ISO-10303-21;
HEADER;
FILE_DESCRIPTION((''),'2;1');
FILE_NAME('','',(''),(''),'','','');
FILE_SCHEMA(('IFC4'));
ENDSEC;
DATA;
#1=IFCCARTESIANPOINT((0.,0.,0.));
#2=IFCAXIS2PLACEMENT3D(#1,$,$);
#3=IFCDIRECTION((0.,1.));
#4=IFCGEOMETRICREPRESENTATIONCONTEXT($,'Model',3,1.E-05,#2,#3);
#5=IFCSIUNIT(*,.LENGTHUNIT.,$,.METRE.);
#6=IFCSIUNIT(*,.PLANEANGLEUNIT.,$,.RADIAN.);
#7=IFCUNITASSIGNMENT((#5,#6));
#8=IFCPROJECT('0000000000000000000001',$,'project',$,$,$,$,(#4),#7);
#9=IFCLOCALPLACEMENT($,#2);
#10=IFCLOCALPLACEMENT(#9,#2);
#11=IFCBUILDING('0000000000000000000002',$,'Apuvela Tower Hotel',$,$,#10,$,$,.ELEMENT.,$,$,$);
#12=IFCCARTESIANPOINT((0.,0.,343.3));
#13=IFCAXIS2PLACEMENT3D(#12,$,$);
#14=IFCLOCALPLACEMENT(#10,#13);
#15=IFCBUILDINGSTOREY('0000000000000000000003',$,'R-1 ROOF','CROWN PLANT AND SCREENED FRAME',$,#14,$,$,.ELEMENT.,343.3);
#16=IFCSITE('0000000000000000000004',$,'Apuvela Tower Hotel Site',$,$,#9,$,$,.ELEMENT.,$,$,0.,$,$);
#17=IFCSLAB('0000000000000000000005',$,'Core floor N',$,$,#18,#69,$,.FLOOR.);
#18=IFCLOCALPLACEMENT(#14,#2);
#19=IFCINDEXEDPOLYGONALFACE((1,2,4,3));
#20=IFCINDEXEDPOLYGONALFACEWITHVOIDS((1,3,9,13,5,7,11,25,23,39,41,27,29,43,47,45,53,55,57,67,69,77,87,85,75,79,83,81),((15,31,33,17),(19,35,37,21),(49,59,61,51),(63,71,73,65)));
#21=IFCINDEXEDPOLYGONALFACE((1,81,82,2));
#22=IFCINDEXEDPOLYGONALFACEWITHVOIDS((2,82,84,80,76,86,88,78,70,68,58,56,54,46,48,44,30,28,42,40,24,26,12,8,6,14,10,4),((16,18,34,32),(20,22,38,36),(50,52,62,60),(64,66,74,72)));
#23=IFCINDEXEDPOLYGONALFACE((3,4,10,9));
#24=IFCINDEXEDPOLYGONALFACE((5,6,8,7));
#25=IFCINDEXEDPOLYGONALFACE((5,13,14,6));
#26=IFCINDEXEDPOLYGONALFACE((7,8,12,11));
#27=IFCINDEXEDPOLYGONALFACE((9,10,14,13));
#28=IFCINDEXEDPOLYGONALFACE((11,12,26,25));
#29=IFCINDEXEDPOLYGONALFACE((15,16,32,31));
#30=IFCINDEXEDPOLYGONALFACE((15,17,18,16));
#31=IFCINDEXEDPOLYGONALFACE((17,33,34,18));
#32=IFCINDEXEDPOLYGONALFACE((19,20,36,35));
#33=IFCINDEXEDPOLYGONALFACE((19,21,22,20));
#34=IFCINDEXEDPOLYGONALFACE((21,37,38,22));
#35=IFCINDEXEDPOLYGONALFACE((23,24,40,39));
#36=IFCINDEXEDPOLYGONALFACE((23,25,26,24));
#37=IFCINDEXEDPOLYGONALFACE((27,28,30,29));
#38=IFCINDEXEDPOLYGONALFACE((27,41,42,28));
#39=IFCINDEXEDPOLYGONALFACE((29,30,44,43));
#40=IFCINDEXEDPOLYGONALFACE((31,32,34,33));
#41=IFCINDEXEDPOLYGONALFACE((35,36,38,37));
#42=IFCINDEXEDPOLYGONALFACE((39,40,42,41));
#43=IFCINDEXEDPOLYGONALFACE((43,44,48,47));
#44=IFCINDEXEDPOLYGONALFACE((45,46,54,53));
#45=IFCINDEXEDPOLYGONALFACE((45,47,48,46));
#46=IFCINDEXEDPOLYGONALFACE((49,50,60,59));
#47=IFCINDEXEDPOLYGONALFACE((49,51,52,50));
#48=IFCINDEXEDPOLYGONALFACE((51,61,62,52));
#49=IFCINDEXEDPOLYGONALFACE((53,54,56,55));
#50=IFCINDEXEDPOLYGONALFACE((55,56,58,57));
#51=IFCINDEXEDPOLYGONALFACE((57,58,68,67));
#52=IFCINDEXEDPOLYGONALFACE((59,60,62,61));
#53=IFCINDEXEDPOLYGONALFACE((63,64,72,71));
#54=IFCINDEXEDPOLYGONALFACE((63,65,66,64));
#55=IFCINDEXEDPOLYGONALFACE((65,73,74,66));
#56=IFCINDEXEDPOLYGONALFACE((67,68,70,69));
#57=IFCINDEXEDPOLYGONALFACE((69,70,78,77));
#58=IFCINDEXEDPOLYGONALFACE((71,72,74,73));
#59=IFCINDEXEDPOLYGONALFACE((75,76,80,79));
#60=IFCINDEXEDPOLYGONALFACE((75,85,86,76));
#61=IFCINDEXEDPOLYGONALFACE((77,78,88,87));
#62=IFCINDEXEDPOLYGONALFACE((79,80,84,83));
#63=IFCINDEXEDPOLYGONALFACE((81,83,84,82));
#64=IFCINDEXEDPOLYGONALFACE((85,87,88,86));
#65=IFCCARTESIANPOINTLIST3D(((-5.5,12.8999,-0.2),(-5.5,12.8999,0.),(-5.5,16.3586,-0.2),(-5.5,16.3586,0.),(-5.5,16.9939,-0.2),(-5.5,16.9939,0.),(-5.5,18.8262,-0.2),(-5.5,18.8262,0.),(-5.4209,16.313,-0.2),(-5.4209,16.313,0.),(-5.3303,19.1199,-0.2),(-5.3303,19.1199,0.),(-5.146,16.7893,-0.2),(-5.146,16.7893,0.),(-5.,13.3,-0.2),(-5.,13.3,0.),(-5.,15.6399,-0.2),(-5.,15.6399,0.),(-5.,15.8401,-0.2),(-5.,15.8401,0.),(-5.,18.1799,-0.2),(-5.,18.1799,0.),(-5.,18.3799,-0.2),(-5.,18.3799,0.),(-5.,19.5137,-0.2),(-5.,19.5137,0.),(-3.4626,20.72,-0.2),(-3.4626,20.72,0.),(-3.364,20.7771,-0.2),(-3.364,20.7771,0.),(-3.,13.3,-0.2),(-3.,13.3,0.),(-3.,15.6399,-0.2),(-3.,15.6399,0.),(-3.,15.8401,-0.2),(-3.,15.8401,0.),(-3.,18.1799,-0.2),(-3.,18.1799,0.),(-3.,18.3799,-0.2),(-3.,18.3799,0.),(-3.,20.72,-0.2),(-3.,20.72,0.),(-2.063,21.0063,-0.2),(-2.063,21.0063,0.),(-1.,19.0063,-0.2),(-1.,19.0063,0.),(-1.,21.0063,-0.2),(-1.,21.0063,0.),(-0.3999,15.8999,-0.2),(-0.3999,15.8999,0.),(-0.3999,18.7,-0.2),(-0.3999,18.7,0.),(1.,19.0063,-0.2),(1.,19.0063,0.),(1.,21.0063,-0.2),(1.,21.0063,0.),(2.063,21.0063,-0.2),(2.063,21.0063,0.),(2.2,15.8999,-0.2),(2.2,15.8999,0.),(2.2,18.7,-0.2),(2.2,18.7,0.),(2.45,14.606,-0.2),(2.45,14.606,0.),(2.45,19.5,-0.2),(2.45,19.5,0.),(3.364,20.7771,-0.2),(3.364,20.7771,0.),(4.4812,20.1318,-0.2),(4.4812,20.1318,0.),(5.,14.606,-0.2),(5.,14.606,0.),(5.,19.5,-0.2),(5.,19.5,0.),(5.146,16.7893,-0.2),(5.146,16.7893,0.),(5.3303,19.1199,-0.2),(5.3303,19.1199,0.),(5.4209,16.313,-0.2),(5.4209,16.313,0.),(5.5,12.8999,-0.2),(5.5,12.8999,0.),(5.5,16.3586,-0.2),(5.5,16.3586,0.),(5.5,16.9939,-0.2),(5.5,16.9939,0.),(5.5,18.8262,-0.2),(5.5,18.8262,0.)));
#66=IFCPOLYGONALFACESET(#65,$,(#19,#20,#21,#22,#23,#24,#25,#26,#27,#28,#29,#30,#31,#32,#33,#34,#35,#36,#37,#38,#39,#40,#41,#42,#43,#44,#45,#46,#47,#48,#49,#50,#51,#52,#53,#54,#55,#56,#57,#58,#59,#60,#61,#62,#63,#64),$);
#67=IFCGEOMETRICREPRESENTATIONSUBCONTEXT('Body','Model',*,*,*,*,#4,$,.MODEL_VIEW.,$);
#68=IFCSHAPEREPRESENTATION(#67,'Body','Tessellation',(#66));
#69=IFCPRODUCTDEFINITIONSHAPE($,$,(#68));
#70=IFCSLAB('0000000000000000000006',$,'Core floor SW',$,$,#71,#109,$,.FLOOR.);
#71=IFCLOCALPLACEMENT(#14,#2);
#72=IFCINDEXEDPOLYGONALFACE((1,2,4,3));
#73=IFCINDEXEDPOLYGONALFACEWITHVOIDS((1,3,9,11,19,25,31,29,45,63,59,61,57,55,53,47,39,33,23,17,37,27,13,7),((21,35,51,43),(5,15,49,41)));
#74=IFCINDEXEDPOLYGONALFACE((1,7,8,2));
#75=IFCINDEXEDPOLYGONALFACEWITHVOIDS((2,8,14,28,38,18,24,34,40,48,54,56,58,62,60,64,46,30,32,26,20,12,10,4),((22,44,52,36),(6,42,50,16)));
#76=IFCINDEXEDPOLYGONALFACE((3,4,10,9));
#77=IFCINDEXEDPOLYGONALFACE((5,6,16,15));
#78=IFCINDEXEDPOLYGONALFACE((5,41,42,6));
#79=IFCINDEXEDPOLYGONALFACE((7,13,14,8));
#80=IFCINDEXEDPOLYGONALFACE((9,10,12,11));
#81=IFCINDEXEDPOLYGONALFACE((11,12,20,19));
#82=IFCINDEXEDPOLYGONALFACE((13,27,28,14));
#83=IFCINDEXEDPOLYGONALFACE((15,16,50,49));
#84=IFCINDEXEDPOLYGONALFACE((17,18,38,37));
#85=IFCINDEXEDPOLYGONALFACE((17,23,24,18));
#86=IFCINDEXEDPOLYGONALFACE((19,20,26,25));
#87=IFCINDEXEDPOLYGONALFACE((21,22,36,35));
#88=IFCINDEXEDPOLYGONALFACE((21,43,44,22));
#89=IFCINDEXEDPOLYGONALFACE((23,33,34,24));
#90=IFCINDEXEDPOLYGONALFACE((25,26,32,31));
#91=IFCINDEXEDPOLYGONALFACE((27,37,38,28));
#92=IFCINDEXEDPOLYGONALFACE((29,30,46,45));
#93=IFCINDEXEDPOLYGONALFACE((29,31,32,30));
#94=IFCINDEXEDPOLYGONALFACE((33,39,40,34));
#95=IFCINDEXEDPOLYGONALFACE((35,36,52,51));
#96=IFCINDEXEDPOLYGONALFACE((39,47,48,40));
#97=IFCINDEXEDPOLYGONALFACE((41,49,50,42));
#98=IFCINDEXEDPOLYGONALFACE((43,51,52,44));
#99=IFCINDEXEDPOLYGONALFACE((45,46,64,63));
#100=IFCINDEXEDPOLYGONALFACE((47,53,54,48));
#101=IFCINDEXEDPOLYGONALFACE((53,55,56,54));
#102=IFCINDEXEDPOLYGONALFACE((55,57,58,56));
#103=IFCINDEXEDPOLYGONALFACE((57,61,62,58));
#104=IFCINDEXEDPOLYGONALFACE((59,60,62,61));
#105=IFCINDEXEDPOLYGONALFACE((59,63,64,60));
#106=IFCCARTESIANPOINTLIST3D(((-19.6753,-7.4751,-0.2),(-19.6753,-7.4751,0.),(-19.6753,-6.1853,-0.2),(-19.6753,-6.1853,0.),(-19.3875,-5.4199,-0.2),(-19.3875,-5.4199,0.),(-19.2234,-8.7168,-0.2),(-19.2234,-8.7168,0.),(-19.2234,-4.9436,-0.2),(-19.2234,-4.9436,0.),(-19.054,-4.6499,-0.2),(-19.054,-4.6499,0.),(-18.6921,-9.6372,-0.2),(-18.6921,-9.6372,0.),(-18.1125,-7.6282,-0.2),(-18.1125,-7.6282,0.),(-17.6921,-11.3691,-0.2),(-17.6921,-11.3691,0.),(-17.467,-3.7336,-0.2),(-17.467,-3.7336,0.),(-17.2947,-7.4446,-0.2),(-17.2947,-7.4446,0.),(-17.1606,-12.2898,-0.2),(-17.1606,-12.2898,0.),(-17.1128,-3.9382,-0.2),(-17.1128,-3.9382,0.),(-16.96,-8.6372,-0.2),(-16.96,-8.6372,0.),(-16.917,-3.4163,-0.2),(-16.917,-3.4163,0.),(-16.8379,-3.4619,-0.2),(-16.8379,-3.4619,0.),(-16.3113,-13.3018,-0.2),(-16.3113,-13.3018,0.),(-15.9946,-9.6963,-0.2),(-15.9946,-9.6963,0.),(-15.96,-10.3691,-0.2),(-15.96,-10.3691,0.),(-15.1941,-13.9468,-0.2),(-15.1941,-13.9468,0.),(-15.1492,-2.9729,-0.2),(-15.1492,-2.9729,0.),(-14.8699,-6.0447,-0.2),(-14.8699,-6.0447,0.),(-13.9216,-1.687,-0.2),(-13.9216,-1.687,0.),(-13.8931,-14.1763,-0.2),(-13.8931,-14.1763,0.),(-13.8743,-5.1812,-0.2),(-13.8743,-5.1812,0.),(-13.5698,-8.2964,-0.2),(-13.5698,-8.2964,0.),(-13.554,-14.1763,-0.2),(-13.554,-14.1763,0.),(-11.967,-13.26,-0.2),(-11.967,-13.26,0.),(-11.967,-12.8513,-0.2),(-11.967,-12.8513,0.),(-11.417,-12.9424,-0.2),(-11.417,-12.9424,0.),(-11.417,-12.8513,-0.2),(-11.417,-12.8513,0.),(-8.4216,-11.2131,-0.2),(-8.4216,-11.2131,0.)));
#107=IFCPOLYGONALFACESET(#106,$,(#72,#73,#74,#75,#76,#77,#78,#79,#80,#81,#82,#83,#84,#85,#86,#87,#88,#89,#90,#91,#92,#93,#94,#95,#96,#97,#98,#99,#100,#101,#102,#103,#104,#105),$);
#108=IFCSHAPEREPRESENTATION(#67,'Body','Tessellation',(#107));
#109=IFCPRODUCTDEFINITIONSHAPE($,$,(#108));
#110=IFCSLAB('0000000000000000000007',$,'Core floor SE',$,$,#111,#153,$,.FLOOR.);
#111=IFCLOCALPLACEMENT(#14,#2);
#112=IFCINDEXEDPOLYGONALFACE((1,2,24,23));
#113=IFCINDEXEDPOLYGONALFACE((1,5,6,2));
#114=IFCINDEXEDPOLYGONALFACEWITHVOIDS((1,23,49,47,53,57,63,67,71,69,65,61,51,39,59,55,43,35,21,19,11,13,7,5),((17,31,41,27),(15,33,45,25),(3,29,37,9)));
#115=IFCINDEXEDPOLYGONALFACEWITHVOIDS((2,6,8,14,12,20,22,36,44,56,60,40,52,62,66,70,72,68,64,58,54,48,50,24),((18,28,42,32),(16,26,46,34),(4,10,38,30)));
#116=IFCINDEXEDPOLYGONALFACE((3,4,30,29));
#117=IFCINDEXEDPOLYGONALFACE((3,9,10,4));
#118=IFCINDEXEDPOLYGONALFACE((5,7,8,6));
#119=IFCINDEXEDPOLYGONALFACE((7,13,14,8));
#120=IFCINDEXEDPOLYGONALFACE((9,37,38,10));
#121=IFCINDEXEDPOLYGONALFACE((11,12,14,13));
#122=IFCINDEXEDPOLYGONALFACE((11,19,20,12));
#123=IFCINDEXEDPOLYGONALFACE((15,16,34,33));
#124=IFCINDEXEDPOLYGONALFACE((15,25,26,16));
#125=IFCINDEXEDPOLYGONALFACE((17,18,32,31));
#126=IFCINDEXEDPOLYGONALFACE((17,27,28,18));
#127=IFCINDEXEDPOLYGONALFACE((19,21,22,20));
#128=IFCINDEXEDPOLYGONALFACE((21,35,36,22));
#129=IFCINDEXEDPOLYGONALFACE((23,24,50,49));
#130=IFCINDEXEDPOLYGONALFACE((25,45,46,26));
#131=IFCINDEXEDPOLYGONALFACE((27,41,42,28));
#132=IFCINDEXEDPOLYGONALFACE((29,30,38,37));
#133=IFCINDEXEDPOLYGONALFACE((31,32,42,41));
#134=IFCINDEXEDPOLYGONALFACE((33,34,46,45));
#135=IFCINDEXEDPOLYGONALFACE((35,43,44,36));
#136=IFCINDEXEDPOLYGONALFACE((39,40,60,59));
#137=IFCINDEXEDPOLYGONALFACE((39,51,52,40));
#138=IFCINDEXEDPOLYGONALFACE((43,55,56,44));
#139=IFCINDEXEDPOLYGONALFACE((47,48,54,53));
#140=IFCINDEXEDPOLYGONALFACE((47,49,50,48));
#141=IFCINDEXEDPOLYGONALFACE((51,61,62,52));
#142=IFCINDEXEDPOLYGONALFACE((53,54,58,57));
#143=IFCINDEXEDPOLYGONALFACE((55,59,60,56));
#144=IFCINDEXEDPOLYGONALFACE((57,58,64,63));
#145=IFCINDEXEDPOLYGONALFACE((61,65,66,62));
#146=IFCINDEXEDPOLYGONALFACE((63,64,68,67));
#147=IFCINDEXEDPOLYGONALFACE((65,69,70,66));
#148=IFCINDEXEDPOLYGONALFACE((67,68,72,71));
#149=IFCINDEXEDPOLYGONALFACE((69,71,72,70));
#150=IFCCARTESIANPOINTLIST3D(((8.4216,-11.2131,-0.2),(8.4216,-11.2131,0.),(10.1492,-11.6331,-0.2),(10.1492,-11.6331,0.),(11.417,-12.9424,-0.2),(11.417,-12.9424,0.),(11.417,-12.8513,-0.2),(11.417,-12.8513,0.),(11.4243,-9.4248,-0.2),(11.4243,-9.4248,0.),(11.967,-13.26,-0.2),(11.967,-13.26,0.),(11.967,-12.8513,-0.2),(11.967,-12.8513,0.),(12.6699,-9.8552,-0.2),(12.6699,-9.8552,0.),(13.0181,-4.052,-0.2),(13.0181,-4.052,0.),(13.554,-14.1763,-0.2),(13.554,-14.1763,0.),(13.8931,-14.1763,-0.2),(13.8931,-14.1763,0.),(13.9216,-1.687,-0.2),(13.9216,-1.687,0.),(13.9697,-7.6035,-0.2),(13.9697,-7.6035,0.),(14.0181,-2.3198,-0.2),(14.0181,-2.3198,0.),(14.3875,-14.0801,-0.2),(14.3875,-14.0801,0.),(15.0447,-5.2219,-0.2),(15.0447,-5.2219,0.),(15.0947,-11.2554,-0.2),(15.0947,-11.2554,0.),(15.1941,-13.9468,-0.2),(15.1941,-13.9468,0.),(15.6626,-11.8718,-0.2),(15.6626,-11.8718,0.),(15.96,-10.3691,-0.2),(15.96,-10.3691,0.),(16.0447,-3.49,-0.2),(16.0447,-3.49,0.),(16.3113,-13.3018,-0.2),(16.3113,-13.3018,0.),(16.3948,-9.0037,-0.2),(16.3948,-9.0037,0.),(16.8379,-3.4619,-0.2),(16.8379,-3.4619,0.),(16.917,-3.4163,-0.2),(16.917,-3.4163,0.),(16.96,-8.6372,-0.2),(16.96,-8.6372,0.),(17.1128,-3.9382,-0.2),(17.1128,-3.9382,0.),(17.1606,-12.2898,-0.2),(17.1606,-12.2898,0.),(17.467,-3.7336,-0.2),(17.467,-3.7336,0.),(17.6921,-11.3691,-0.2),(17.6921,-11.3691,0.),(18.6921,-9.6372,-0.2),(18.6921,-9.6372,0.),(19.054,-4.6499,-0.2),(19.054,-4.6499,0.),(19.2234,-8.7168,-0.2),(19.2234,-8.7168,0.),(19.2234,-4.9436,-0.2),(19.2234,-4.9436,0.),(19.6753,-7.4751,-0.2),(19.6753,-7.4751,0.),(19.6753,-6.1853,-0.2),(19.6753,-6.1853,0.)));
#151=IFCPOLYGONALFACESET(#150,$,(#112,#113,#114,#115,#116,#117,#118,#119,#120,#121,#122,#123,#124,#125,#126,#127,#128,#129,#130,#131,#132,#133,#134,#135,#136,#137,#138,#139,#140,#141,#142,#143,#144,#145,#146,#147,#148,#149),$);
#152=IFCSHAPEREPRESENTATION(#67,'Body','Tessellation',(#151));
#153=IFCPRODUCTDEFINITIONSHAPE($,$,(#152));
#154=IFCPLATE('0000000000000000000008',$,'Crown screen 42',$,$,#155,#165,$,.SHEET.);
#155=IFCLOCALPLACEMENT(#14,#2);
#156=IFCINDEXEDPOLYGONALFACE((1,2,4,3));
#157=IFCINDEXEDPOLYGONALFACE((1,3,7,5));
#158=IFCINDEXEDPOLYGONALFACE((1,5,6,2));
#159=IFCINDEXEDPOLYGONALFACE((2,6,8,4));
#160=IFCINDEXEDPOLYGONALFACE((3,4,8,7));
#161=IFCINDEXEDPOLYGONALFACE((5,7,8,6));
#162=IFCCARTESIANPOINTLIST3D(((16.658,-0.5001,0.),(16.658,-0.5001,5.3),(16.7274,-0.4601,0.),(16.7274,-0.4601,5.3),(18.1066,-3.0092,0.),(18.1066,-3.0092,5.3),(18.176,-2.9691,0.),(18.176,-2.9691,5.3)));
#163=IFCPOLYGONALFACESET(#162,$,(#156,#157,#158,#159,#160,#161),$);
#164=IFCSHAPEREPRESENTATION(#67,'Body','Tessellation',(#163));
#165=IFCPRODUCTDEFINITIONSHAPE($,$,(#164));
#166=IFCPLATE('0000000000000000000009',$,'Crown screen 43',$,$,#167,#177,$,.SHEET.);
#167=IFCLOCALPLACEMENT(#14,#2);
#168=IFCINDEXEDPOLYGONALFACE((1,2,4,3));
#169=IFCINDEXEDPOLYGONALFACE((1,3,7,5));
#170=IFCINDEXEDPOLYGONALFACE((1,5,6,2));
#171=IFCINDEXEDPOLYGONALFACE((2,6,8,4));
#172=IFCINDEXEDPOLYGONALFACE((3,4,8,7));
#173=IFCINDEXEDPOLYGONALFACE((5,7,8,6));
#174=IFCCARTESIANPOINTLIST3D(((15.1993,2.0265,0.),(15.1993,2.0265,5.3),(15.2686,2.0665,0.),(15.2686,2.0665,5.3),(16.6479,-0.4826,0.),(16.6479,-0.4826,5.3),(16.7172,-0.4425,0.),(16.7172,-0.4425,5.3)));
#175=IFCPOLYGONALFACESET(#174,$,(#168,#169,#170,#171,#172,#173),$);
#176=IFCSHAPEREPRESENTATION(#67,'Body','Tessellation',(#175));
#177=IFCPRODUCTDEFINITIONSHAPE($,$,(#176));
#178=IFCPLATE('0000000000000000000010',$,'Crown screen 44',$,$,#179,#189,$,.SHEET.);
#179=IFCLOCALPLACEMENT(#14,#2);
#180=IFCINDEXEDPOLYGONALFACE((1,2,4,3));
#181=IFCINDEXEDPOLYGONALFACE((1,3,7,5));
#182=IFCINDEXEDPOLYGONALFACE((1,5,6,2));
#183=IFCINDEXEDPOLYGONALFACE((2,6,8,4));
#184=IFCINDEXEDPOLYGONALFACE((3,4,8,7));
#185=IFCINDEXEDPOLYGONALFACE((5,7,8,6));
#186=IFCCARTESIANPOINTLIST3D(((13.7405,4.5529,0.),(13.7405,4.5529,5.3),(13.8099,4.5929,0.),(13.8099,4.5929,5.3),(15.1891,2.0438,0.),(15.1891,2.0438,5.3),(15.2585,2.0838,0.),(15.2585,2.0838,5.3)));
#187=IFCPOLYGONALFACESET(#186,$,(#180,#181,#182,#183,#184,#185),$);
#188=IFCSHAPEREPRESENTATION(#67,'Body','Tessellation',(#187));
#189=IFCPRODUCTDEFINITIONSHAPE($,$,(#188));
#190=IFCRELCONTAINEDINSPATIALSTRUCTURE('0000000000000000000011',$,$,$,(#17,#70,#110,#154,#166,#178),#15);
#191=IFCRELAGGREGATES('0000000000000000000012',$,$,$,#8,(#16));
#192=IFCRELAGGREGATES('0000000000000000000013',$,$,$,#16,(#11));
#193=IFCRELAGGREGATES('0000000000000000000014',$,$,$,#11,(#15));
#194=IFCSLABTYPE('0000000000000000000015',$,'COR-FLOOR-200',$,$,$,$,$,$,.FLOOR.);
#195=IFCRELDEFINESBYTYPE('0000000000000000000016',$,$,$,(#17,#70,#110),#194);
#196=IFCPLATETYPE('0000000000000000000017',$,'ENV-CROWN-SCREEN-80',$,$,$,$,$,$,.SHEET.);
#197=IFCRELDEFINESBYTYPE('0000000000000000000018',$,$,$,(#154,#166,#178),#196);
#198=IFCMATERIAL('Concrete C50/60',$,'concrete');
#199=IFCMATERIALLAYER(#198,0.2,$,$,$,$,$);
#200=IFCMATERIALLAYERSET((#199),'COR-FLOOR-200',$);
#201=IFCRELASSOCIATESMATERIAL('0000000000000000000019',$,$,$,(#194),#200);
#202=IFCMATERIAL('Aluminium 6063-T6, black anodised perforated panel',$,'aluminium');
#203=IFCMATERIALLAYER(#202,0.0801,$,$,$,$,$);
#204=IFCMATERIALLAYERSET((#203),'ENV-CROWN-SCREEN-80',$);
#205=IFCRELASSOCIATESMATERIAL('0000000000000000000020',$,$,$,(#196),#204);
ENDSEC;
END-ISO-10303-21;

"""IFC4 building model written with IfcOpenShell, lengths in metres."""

from ifc_helpers import new_model, si_unit, direction, frame, origin, origin_2d, place, context, subcontext, project, spatial, polyline, rectangle, outline, extrude, material, layer, layer_set, type_object, element, save


model = new_model("IFC4")

# Units and contexts
model_context = context("Model", 3, precision=1e-05, world=origin(), true_north=direction((0.0, 1.0)))
body_context = subcontext(model_context, "Body", "Model", "MODEL_VIEW")
ifc_project = project(units=[si_unit("LENGTHUNIT", "METRE"), si_unit("PLANEANGLEUNIT", "RADIAN")], contexts=[model_context])

# Site, building, storey
site_placement = place(None, origin())
site = spatial("IfcSite", under=ifc_project, at=site_placement, Name="Apuvela Tower Hotel Site", CompositionType="ELEMENT", RefElevation=0.0)
building_placement = place(site_placement, origin())
building = spatial("IfcBuilding", under=site, at=building_placement, Name="Apuvela Tower Hotel", CompositionType="ELEMENT")
storey_placement = place(building_placement, frame((0.0, 0.0, 343.3)))
storey = spatial("IfcBuildingStorey", under=building, at=storey_placement, Name="R-1 ROOF", Description="CROWN PLANT AND SCREENED FRAME", CompositionType="ELEMENT", Elevation=343.3)

# Slabs
ifc_material_1 = material(Name="Concrete C50/60", Category="concrete")
ifc_layer_1 = layer(ifc_material_1, 0.2)
ifc_layer_set_1 = layer_set([ifc_layer_1], Name="COR-FLOOR-200")
slab_type = type_object("IfcSlabType", Name="COR-FLOOR-200", PredefinedType="FLOOR", material=ifc_layer_set_1)
slab_1_placement = place(storey_placement, frame((0.0, 0.0, -0.2)))
element("IfcSlab", 1, at=slab_1_placement, inside=storey, type_object=slab_type, Name="Core floor N", PredefinedType="FLOOR", context=body_context, shape_type="SweptSolid", body=[
    extrude(outline(polyline([(5.4209, 16.313), (5.146, 16.7893), (5.5, 16.9939), (5.5, 18.8262), (5.3303, 19.1199), (4.4812, 20.1318), (3.364, 20.7771), (2.063, 21.0063), (1.0, 21.0063), (1.0, 19.0063), (-1.0, 19.0063), (-1.0, 21.0063), (-2.063, 21.0063), (-3.364, 20.7771), (-3.4626, 20.72), (-3.0, 20.72), (-3.0, 18.3799), (-5.0, 18.3799), (-5.0, 19.5137), (-5.3303, 19.1199), (-5.5, 18.8262), (-5.5, 16.9939), (-5.146, 16.7893), (-5.4209, 16.313), (-5.5, 16.3586), (-5.5, 12.8999), (5.5, 12.8999), (5.5, 16.3586), (5.4209, 16.313)]), holes=[polyline([(-3.0, 13.3), (-5.0, 13.3), (-5.0, 15.6399), (-3.0, 15.6399), (-3.0, 13.3)]), polyline([(-3.0, 15.8401), (-5.0, 15.8401), (-5.0, 18.1799), (-3.0, 18.1799), (-3.0, 15.8401)]), polyline([(5.0, 14.606), (2.45, 14.606), (2.45, 19.5), (5.0, 19.5), (5.0, 14.606)]), polyline([(2.2, 18.7), (2.2, 15.8999), (-0.3999, 15.8999), (-0.3999, 18.7), (2.2, 18.7)])]), origin(), (0.0, 0.0, 1.0), 0.2),
])
slab_2_placement = place(storey_placement, frame((0.0, 0.0, -0.2)))
element("IfcSlab", 2, at=slab_2_placement, inside=storey, type_object=slab_type, Name="Core floor SW", PredefinedType="FLOOR", context=body_context, shape_type="SweptSolid", body=[
    extrude(outline(polyline([(-16.8379, -3.4619), (-17.1128, -3.9382), (-17.467, -3.7336), (-19.054, -4.6499), (-19.2234, -4.9436), (-19.6753, -6.1853), (-19.6753, -7.4751), (-19.2234, -8.7168), (-18.6921, -9.6372), (-16.96, -8.6372), (-15.96, -10.3691), (-17.6921, -11.3691), (-17.1606, -12.2898), (-16.3113, -13.3018), (-15.1941, -13.9468), (-13.8931, -14.1763), (-13.554, -14.1763), (-11.967, -13.26), (-11.967, -12.8513), (-11.417, -12.8513), (-11.417, -12.9424), (-8.4216, -11.2131), (-13.9216, -1.687), (-16.917, -3.4163), (-16.8379, -3.4619)]), holes=[polyline([(-13.8743, -5.1812), (-18.1125, -7.6282), (-19.3875, -5.4199), (-15.1492, -2.9729), (-13.8743, -5.1812)]), polyline([(-13.5698, -8.2964), (-15.9946, -9.6963), (-17.2947, -7.4446), (-14.8699, -6.0447), (-13.5698, -8.2964)])]), origin(), (0.0, 0.0, 1.0), 0.2),
])
slab_3_placement = place(storey_placement, frame((0.0, 0.0, -0.2)))
element("IfcSlab", 3, at=slab_3_placement, inside=storey, type_object=slab_type, Name="Core floor SE", PredefinedType="FLOOR", context=body_context, shape_type="SweptSolid", body=[
    extrude(outline(polyline([(11.417, -12.8513), (11.967, -12.8513), (11.967, -13.26), (13.554, -14.1763), (13.8931, -14.1763), (15.1941, -13.9468), (16.3113, -13.3018), (17.1606, -12.2898), (17.6921, -11.3691), (15.96, -10.3691), (16.96, -8.6372), (18.6921, -9.6372), (19.2234, -8.7168), (19.6753, -7.4751), (19.6753, -6.1853), (19.2234, -4.9436), (19.054, -4.6499), (17.467, -3.7336), (17.1128, -3.9382), (16.8379, -3.4619), (16.917, -3.4163), (13.9216, -1.687), (8.4216, -11.2131), (11.417, -12.9424), (11.417, -12.8513)]), holes=[polyline([(14.0181, -2.3198), (16.0447, -3.49), (15.0447, -5.2219), (13.0181, -4.052), (14.0181, -2.3198)]), polyline([(10.1492, -11.6331), (11.4243, -9.4248), (15.6626, -11.8718), (14.3875, -14.0801), (10.1492, -11.6331)]), polyline([(12.6699, -9.8552), (13.9697, -7.6035), (16.3948, -9.0037), (15.0947, -11.2554), (12.6699, -9.8552)])]), origin(), (0.0, 0.0, 1.0), 0.2),
])

# Plates
ifc_material_2 = material(Name="Aluminium 6063-T6, black anodised perforated panel", Category="aluminium")
ifc_layer_2 = layer(ifc_material_2, 0.0801)
ifc_layer_set_2 = layer_set([ifc_layer_2], Name="ENV-CROWN-SCREEN-80")
plate_type_1 = type_object("IfcPlateType", Name="ENV-CROWN-SCREEN-80", PredefinedType="SHEET", material=ifc_layer_set_2)
for number, where, z_axis, x_axis, name in (
    (4, (17.417, -1.7346, 0.0), (0.0, 0.0, 1.0), (-0.5, 0.866025, 0.0), "Crown screen 42"),
    (5, (15.9583, 0.792, 0.0), (0.0, 0.0, 1.0), (-0.5, 0.866025, 0.0), "Crown screen 43"),
    (6, (14.4995, 3.3184, 0.0), (0.0, 0.0, 1.0), (-0.5, 0.866025, 0.0), "Crown screen 44"),
):
    element("IfcPlate", number, at=place(storey_placement, frame(where, z_axis=z_axis, x_axis=x_axis)), inside=storey, type_object=plate_type_1, Name=name, PredefinedType="SHEET", context=body_context, shape_type="SweptSolid", body=[
        extrude(rectangle(XDim=2.8972, YDim=0.0801, at=origin_2d()), origin(), (0.0, 0.0, 1.0), 5.3),
    ])

save(model, "model.ifc")
